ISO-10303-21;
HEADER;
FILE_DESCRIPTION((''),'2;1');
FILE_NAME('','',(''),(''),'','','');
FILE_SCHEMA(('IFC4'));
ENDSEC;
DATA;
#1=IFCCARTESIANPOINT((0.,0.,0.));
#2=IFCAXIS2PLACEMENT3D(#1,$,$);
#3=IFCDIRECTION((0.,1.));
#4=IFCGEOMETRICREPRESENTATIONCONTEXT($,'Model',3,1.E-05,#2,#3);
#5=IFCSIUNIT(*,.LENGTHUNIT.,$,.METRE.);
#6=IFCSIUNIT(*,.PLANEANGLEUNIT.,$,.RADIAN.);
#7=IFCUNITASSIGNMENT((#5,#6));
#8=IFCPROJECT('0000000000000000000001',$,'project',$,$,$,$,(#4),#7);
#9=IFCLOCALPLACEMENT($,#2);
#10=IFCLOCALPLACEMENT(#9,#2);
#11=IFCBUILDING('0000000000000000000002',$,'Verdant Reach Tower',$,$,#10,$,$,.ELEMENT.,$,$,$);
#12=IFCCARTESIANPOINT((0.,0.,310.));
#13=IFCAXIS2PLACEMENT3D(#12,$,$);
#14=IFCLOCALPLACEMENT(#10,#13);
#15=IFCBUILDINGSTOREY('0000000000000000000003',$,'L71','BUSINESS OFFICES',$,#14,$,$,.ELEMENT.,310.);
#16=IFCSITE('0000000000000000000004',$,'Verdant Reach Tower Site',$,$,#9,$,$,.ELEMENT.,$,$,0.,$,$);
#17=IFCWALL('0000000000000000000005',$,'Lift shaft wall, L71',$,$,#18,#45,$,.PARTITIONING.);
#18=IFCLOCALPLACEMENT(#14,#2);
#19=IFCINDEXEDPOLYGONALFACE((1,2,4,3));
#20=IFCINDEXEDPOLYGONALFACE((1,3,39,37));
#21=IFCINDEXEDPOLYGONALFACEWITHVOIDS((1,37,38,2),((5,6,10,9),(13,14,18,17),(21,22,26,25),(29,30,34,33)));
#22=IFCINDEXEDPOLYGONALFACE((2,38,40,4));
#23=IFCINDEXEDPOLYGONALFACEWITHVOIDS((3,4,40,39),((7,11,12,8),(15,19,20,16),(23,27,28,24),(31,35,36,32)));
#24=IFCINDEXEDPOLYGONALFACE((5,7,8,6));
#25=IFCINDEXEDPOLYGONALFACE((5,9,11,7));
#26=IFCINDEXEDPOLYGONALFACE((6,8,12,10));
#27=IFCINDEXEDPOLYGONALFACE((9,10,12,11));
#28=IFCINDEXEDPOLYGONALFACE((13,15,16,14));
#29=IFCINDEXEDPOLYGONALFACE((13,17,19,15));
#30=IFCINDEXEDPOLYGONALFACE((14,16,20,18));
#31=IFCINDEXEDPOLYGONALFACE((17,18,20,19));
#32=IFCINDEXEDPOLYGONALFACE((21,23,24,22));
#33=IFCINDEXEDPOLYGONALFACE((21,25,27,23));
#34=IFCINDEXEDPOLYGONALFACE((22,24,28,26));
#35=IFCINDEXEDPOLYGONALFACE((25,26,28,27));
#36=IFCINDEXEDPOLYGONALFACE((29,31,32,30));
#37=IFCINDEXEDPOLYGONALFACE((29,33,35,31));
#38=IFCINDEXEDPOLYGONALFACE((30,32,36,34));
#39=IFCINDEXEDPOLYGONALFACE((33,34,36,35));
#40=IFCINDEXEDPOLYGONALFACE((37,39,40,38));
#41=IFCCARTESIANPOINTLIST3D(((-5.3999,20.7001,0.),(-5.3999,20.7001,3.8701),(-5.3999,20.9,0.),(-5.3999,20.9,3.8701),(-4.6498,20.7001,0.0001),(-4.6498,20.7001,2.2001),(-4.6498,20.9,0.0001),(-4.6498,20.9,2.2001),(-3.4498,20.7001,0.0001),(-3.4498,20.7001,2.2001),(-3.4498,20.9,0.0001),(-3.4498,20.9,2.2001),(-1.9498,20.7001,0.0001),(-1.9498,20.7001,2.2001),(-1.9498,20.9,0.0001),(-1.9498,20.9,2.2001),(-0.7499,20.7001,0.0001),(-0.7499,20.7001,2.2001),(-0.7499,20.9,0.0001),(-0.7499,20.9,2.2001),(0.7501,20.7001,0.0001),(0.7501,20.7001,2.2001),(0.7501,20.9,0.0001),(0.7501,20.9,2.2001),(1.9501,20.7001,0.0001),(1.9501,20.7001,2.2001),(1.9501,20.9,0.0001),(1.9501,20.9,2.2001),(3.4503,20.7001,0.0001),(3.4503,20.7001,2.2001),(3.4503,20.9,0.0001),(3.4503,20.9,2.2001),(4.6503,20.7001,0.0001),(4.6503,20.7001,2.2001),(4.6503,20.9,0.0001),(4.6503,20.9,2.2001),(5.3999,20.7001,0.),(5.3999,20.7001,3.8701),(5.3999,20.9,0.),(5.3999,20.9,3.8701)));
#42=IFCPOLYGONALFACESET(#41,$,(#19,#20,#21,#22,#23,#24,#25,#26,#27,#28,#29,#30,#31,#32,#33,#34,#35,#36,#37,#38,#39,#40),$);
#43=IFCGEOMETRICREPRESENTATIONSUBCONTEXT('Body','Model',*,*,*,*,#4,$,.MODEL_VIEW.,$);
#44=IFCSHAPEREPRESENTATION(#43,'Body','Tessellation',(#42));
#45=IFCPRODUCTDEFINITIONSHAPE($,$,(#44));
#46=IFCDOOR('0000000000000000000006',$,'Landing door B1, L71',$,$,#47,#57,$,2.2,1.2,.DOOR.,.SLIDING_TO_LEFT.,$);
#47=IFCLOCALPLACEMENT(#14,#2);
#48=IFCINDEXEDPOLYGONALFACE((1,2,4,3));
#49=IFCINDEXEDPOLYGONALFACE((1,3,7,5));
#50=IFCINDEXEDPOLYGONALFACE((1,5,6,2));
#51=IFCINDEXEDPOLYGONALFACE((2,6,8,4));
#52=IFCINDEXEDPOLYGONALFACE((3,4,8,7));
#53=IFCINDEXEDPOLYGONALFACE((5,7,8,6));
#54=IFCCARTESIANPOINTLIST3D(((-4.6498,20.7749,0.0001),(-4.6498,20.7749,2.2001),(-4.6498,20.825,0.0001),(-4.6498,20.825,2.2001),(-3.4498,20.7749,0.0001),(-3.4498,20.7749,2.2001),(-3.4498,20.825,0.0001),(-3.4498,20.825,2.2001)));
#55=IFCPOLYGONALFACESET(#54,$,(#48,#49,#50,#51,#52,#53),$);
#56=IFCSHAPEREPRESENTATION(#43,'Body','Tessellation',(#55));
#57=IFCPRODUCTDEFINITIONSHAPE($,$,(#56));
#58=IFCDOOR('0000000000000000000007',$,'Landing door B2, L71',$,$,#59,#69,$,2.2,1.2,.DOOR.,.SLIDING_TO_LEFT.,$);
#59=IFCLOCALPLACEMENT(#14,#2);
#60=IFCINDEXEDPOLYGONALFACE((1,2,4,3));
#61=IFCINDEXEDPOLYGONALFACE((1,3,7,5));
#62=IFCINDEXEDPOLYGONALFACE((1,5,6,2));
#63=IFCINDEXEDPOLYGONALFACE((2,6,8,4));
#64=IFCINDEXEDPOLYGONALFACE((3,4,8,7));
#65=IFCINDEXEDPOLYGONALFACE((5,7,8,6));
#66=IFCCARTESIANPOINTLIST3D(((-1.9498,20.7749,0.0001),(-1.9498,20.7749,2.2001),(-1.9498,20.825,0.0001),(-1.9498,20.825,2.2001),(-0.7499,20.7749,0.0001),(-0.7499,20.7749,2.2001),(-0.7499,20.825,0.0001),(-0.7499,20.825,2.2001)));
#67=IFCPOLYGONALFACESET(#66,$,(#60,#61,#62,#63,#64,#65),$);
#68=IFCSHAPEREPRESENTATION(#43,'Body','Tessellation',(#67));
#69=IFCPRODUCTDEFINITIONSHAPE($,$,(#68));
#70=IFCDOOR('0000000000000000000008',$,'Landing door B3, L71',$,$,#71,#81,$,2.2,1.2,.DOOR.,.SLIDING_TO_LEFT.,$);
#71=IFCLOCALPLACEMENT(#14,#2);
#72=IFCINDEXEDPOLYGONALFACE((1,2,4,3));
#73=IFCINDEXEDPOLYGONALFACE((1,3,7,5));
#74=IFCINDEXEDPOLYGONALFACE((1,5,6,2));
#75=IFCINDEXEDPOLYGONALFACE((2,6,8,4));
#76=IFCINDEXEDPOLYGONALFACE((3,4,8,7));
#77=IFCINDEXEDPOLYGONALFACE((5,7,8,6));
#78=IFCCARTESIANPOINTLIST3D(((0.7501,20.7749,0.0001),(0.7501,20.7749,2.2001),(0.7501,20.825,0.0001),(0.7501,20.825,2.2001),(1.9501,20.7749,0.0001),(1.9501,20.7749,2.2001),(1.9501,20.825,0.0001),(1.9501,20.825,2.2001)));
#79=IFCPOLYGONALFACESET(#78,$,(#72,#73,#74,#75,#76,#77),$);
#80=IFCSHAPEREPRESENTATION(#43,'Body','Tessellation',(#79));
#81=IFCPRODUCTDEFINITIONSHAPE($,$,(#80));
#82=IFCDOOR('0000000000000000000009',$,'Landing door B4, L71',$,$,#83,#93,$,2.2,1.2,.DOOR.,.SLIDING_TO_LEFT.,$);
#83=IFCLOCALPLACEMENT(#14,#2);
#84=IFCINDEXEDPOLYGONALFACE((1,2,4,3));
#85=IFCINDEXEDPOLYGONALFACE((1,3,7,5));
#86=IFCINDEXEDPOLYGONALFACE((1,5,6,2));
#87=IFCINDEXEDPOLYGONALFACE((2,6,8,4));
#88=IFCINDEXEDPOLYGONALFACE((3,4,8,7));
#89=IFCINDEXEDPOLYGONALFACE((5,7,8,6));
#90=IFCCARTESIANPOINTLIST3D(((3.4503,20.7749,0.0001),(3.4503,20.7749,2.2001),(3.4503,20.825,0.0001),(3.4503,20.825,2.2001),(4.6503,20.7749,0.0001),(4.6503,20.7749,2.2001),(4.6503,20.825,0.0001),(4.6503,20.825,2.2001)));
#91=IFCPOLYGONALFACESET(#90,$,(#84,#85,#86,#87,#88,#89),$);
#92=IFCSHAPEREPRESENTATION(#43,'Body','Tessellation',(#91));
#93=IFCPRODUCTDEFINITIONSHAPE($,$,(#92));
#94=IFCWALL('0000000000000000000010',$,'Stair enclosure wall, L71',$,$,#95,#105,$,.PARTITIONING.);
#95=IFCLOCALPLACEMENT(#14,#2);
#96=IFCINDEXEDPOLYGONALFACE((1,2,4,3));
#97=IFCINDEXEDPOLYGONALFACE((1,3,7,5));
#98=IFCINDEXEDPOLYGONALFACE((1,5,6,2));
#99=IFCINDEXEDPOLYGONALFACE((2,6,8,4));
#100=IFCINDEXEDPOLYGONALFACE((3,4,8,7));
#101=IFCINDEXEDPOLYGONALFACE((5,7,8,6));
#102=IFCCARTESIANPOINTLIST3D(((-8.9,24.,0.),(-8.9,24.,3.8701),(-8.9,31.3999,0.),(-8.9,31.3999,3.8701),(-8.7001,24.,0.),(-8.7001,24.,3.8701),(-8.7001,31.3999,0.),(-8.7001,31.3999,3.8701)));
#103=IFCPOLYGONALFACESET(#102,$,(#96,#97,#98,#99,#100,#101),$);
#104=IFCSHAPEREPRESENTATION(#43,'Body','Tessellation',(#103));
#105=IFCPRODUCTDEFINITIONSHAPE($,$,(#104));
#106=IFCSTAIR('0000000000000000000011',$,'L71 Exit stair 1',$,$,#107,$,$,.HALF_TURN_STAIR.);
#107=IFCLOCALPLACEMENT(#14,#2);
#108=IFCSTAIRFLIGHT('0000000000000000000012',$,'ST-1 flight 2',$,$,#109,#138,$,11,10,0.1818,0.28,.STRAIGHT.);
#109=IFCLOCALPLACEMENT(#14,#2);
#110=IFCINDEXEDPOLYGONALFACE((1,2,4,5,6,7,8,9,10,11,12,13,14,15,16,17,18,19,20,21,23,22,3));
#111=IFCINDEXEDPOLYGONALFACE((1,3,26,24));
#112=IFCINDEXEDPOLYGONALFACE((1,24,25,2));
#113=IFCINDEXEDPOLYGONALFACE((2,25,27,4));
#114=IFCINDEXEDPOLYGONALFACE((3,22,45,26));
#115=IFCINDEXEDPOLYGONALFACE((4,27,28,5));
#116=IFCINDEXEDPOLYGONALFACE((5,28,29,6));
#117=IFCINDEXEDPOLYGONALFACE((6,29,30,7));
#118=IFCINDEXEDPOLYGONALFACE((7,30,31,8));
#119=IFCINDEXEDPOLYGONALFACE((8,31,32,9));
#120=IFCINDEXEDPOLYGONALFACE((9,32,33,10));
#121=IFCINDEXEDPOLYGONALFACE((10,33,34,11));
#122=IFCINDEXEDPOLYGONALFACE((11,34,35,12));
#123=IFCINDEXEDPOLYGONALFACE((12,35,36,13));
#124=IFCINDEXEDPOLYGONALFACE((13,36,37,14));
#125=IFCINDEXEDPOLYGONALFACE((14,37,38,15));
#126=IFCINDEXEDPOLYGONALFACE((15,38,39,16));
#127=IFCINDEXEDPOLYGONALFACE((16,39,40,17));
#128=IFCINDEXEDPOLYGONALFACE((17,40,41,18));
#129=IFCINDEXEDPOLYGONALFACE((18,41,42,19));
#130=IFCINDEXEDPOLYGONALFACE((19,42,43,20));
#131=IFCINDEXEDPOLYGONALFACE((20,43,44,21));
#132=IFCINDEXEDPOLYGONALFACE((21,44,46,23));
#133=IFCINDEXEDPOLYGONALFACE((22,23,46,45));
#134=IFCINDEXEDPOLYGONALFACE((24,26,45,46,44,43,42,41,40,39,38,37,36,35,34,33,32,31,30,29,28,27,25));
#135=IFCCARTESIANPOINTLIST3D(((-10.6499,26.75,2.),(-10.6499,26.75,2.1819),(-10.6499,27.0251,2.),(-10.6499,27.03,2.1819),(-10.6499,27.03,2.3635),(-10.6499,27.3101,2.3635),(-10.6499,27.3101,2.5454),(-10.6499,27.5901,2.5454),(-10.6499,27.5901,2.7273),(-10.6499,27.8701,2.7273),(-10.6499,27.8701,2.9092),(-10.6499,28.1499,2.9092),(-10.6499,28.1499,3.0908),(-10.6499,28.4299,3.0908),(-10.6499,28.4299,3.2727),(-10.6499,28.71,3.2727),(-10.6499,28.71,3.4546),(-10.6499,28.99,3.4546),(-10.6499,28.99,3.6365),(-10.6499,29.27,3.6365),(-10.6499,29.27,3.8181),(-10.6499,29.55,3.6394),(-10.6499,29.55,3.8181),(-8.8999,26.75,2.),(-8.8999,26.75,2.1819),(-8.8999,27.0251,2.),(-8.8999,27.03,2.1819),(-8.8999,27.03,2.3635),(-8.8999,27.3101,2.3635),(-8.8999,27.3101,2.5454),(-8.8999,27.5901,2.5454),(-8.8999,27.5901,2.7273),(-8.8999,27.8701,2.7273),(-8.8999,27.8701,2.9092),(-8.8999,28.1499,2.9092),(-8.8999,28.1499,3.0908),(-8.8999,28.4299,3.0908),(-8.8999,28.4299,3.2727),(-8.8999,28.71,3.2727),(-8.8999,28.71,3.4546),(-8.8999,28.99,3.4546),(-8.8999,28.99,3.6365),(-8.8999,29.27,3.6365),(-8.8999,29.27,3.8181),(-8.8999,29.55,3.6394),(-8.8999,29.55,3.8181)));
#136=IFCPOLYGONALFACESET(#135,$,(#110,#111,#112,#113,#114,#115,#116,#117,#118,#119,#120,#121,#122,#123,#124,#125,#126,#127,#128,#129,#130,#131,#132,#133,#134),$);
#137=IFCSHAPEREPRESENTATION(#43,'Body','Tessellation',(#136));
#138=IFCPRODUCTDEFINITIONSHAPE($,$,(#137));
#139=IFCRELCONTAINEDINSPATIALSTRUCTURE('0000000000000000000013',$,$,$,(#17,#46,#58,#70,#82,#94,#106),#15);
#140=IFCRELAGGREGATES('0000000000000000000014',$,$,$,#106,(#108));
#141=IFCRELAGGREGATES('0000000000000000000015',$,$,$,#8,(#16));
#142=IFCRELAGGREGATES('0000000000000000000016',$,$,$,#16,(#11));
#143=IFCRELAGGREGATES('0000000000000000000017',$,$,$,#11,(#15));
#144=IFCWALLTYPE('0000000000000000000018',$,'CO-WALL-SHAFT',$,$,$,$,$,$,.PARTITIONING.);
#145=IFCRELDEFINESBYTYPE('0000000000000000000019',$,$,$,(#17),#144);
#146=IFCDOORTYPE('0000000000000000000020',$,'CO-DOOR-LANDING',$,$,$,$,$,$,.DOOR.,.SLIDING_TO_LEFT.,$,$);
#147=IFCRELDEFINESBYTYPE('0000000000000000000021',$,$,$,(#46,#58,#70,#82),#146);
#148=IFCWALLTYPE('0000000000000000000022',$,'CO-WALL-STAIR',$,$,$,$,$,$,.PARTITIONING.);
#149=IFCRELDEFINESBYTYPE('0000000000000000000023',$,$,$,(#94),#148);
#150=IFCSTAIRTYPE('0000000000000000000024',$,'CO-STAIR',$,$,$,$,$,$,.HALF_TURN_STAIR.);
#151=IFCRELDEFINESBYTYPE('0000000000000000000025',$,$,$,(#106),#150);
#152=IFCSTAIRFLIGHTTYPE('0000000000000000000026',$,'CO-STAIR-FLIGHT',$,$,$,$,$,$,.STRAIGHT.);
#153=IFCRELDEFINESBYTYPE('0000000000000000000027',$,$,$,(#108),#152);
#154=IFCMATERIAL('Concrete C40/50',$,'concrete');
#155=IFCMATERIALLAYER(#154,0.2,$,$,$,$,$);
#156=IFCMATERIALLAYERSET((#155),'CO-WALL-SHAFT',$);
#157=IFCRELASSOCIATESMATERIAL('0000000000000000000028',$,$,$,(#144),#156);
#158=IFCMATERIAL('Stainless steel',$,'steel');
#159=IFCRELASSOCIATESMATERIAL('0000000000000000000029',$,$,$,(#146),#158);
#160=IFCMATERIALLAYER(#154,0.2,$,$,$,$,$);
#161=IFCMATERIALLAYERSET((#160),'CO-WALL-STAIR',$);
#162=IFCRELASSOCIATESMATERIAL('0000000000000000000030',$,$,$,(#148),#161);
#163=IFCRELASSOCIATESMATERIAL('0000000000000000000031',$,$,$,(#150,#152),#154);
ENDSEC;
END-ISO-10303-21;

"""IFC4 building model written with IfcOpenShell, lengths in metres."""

from ifc_helpers import new_model, si_unit, direction, frame, frame_2d, origin, place, context, subcontext, project, spatial, polyline, rectangle, outline, extrude, material, layer, layer_set, type_object, element, fill, aggregate, save


model = new_model("IFC4")

# Units and contexts
model_context = context("Model", 3, precision=1e-05, world=origin(), true_north=direction((0.0, 1.0)))
body_context = subcontext(model_context, "Body", "Model", "MODEL_VIEW")
ifc_project = project(units=[si_unit("LENGTHUNIT", "METRE"), si_unit("PLANEANGLEUNIT", "RADIAN")], contexts=[model_context])

# Site, building, storey
site_placement = place(None, origin())
site = spatial("IfcSite", under=ifc_project, at=site_placement, Name="Verdant Reach Tower Site", CompositionType="ELEMENT", RefElevation=0.0)
building_placement = place(site_placement, origin())
building = spatial("IfcBuilding", under=site, at=building_placement, Name="Verdant Reach Tower", CompositionType="ELEMENT")
storey_placement = place(building_placement, frame((0.0, 0.0, 310.0)))
storey = spatial("IfcBuildingStorey", under=building, at=storey_placement, Name="L71", Description="BUSINESS OFFICES", CompositionType="ELEMENT", Elevation=310.0)

# Wall, openings, doors
ifc_material_1 = material(Name="Concrete C40/50", Category="concrete")
ifc_layer_1 = layer(ifc_material_1, 0.2)
ifc_layer_set_1 = layer_set([ifc_layer_1], Name="CO-WALL-SHAFT")
wall_type_1 = type_object("IfcWallType", Name="CO-WALL-SHAFT", PredefinedType="PARTITIONING", material=ifc_layer_set_1)
wall_1_placement = place(storey_placement, frame((-5.3999, 20.8, 0.0), z_axis=(0.0, 0.0, 1.0), x_axis=(1.0, 0.0, 0.0)))
wall_1 = element("IfcWall", 1, at=wall_1_placement, inside=storey, type_object=wall_type_1, Name="Lift shaft wall, L71", PredefinedType="PARTITIONING", context=body_context, shape_type="SweptSolid", body=[
    extrude(rectangle(XDim=10.7998, YDim=0.2, at=frame_2d((5.3999, 0.0))), origin(), (0.0, 0.0, 1.0), 3.8701),
])
opening_1_placement = place(wall_1_placement, frame((0.75, 0.0, 0.0)))
opening_1 = element("IfcOpeningElement", 2, at=opening_1_placement, cuts=wall_1, PredefinedType="OPENING", context=body_context, shape_type="SweptSolid", body=[
    extrude(rectangle(XDim=1.2, YDim=2.2, at=frame_2d((0.6001, 1.1001))), frame((0.0, 0.1099, 0.0), z_axis=(0.0, -1.0, 0.0), x_axis=(1.0, 0.0, 0.0)), (0.0, 0.0, 1.0), 0.22),
])
opening_2_placement = place(wall_1_placement, frame((3.45, 0.0, 0.0)))
opening_2 = element("IfcOpeningElement", 3, at=opening_2_placement, cuts=wall_1, PredefinedType="OPENING", context=body_context, shape_type="SweptSolid", body=[
    extrude(rectangle(XDim=1.2, YDim=2.2, at=frame_2d((0.6001, 1.1001))), frame((0.0, 0.1099, 0.0), z_axis=(0.0, -1.0, 0.0), x_axis=(1.0, 0.0, 0.0)), (0.0, 0.0, 1.0), 0.22),
])
opening_3_placement = place(wall_1_placement, frame((6.1499, 0.0, 0.0)))
opening_3 = element("IfcOpeningElement", 4, at=opening_3_placement, cuts=wall_1, PredefinedType="OPENING", context=body_context, shape_type="SweptSolid", body=[
    extrude(rectangle(XDim=1.2, YDim=2.2, at=frame_2d((0.6001, 1.1001))), frame((0.0, 0.1099, 0.0), z_axis=(0.0, -1.0, 0.0), x_axis=(1.0, 0.0, 0.0)), (0.0, 0.0, 1.0), 0.22),
])
opening_4_placement = place(wall_1_placement, frame((8.8501, 0.0, 0.0)))
opening_4 = element("IfcOpeningElement", 5, at=opening_4_placement, cuts=wall_1, PredefinedType="OPENING", context=body_context, shape_type="SweptSolid", body=[
    extrude(rectangle(XDim=1.2, YDim=2.2, at=frame_2d((0.6001, 1.1001))), frame((0.0, 0.1099, 0.0), z_axis=(0.0, -1.0, 0.0), x_axis=(1.0, 0.0, 0.0)), (0.0, 0.0, 1.0), 0.22),
])
ifc_material_2 = material(Name="Stainless steel", Category="steel")
door_type_1 = type_object("IfcDoorType", Name="CO-DOOR-LANDING", OperationType="SLIDING_TO_LEFT", PredefinedType="DOOR", material=ifc_material_2)
door_1_placement = place(opening_1_placement, origin())
door_1 = element("IfcDoor", 6, at=door_1_placement, inside=storey, type_object=door_type_1, Name="Landing door B1, L71", OperationType="SLIDING_TO_LEFT", OverallHeight=2.2, OverallWidth=1.2, PredefinedType="DOOR", context=body_context, shape_type="SweptSolid", body=[
    extrude(rectangle(XDim=1.2, YDim=2.2, at=frame_2d((0.6001, 1.1001))), frame((0.0, 0.0249, 0.0), z_axis=(0.0, -1.0, 0.0), x_axis=(1.0, 0.0, 0.0)), (0.0, 0.0, 1.0), 0.05),
])
fill(opening_1, door_1)
door_2_placement = place(opening_2_placement, origin())
door_2 = element("IfcDoor", 7, at=door_2_placement, inside=storey, type_object=door_type_1, Name="Landing door B2, L71", OperationType="SLIDING_TO_LEFT", OverallHeight=2.2, OverallWidth=1.2, PredefinedType="DOOR", context=body_context, shape_type="SweptSolid", body=[
    extrude(rectangle(XDim=1.2, YDim=2.2, at=frame_2d((0.6001, 1.1001))), frame((0.0, 0.0249, 0.0), z_axis=(0.0, -1.0, 0.0), x_axis=(1.0, 0.0, 0.0)), (0.0, 0.0, 1.0), 0.05),
])
fill(opening_2, door_2)
door_3_placement = place(opening_3_placement, origin())
door_3 = element("IfcDoor", 8, at=door_3_placement, inside=storey, type_object=door_type_1, Name="Landing door B3, L71", OperationType="SLIDING_TO_LEFT", OverallHeight=2.2, OverallWidth=1.2, PredefinedType="DOOR", context=body_context, shape_type="SweptSolid", body=[
    extrude(rectangle(XDim=1.2, YDim=2.2, at=frame_2d((0.6001, 1.1001))), frame((0.0, 0.0249, 0.0), z_axis=(0.0, -1.0, 0.0), x_axis=(1.0, 0.0, 0.0)), (0.0, 0.0, 1.0), 0.05),
])
fill(opening_3, door_3)
door_4_placement = place(opening_4_placement, origin())
door_4 = element("IfcDoor", 9, at=door_4_placement, inside=storey, type_object=door_type_1, Name="Landing door B4, L71", OperationType="SLIDING_TO_LEFT", OverallHeight=2.2, OverallWidth=1.2, PredefinedType="DOOR", context=body_context, shape_type="SweptSolid", body=[
    extrude(rectangle(XDim=1.2, YDim=2.2, at=frame_2d((0.6001, 1.1001))), frame((0.0, 0.0249, 0.0), z_axis=(0.0, -1.0, 0.0), x_axis=(1.0, 0.0, 0.0)), (0.0, 0.0, 1.0), 0.05),
])
fill(opening_4, door_4)

# Wall
ifc_layer_2 = layer(ifc_material_1, 0.2)
ifc_layer_set_2 = layer_set([ifc_layer_2], Name="CO-WALL-STAIR")
wall_type_2 = type_object("IfcWallType", Name="CO-WALL-STAIR", PredefinedType="PARTITIONING", material=ifc_layer_set_2)
wall_2_placement = place(storey_placement, frame((-8.8, 24.0, 0.0), z_axis=(0.0, 0.0, 1.0), x_axis=(0.0, 1.0, 0.0)))
element("IfcWall", 10, at=wall_2_placement, inside=storey, type_object=wall_type_2, Name="Stair enclosure wall, L71", PredefinedType="PARTITIONING", context=body_context, shape_type="SweptSolid", body=[
    extrude(rectangle(XDim=7.3999, YDim=0.2, at=frame_2d((3.7, 0.0))), origin(), (0.0, 0.0, 1.0), 3.8701),
])

# Stair, stair flight
stair_type = type_object("IfcStairType", Name="CO-STAIR", PredefinedType="HALF_TURN_STAIR", material=ifc_material_1)
stair_placement = place(storey_placement, origin())
stair = element("IfcStair", 11, at=stair_placement, inside=storey, type_object=stair_type, Name="L71 Exit stair 1", PredefinedType="HALF_TURN_STAIR")
stair_flight_type = type_object("IfcStairFlightType", Name="CO-STAIR-FLIGHT", PredefinedType="STRAIGHT", material=ifc_material_1)
stair_flight_placement = place(storey_placement, frame((-9.7749, 26.75, 2.0), z_axis=(0.0, 0.0, 1.0), x_axis=(0.0, 1.0, 0.0)))
stair_flight = element("IfcStairFlight", 12, at=stair_flight_placement, type_object=stair_flight_type, Name="ST-1 flight 2", NumberOfRisers=11, NumberOfTreads=10, PredefinedType="STRAIGHT", RiserHeight=0.1818, TreadLength=0.28, context=body_context, shape_type="SweptSolid", body=[
    extrude(outline(polyline([(0.0, 0.0), (0.0, 0.1819), (0.28, 0.1819), (0.28, 0.3635), (0.5601, 0.3635), (0.5601, 0.5454), (0.8401, 0.5454), (0.8401, 0.7273), (1.1201, 0.7273), (1.1201, 0.9092), (1.3999, 0.9092), (1.3999, 1.0908), (1.6799, 1.0908), (1.6799, 1.2727), (1.96, 1.2727), (1.96, 1.4546), (2.24, 1.4546), (2.24, 1.6365), (2.52, 1.6365), (2.52, 1.8181), (2.8, 1.8181), (2.8, 2.0), (2.8, 1.6394), (0.2751, 0.0), (0.0, 0.0)])), frame((0.0, 0.875, 0.0), z_axis=(0.0, -1.0, 0.0), x_axis=(1.0, 0.0, 0.0)), (0.0, 0.0, 1.0), 1.75),
])
aggregate(stair, [stair_flight])

save(model, "model.ifc")
